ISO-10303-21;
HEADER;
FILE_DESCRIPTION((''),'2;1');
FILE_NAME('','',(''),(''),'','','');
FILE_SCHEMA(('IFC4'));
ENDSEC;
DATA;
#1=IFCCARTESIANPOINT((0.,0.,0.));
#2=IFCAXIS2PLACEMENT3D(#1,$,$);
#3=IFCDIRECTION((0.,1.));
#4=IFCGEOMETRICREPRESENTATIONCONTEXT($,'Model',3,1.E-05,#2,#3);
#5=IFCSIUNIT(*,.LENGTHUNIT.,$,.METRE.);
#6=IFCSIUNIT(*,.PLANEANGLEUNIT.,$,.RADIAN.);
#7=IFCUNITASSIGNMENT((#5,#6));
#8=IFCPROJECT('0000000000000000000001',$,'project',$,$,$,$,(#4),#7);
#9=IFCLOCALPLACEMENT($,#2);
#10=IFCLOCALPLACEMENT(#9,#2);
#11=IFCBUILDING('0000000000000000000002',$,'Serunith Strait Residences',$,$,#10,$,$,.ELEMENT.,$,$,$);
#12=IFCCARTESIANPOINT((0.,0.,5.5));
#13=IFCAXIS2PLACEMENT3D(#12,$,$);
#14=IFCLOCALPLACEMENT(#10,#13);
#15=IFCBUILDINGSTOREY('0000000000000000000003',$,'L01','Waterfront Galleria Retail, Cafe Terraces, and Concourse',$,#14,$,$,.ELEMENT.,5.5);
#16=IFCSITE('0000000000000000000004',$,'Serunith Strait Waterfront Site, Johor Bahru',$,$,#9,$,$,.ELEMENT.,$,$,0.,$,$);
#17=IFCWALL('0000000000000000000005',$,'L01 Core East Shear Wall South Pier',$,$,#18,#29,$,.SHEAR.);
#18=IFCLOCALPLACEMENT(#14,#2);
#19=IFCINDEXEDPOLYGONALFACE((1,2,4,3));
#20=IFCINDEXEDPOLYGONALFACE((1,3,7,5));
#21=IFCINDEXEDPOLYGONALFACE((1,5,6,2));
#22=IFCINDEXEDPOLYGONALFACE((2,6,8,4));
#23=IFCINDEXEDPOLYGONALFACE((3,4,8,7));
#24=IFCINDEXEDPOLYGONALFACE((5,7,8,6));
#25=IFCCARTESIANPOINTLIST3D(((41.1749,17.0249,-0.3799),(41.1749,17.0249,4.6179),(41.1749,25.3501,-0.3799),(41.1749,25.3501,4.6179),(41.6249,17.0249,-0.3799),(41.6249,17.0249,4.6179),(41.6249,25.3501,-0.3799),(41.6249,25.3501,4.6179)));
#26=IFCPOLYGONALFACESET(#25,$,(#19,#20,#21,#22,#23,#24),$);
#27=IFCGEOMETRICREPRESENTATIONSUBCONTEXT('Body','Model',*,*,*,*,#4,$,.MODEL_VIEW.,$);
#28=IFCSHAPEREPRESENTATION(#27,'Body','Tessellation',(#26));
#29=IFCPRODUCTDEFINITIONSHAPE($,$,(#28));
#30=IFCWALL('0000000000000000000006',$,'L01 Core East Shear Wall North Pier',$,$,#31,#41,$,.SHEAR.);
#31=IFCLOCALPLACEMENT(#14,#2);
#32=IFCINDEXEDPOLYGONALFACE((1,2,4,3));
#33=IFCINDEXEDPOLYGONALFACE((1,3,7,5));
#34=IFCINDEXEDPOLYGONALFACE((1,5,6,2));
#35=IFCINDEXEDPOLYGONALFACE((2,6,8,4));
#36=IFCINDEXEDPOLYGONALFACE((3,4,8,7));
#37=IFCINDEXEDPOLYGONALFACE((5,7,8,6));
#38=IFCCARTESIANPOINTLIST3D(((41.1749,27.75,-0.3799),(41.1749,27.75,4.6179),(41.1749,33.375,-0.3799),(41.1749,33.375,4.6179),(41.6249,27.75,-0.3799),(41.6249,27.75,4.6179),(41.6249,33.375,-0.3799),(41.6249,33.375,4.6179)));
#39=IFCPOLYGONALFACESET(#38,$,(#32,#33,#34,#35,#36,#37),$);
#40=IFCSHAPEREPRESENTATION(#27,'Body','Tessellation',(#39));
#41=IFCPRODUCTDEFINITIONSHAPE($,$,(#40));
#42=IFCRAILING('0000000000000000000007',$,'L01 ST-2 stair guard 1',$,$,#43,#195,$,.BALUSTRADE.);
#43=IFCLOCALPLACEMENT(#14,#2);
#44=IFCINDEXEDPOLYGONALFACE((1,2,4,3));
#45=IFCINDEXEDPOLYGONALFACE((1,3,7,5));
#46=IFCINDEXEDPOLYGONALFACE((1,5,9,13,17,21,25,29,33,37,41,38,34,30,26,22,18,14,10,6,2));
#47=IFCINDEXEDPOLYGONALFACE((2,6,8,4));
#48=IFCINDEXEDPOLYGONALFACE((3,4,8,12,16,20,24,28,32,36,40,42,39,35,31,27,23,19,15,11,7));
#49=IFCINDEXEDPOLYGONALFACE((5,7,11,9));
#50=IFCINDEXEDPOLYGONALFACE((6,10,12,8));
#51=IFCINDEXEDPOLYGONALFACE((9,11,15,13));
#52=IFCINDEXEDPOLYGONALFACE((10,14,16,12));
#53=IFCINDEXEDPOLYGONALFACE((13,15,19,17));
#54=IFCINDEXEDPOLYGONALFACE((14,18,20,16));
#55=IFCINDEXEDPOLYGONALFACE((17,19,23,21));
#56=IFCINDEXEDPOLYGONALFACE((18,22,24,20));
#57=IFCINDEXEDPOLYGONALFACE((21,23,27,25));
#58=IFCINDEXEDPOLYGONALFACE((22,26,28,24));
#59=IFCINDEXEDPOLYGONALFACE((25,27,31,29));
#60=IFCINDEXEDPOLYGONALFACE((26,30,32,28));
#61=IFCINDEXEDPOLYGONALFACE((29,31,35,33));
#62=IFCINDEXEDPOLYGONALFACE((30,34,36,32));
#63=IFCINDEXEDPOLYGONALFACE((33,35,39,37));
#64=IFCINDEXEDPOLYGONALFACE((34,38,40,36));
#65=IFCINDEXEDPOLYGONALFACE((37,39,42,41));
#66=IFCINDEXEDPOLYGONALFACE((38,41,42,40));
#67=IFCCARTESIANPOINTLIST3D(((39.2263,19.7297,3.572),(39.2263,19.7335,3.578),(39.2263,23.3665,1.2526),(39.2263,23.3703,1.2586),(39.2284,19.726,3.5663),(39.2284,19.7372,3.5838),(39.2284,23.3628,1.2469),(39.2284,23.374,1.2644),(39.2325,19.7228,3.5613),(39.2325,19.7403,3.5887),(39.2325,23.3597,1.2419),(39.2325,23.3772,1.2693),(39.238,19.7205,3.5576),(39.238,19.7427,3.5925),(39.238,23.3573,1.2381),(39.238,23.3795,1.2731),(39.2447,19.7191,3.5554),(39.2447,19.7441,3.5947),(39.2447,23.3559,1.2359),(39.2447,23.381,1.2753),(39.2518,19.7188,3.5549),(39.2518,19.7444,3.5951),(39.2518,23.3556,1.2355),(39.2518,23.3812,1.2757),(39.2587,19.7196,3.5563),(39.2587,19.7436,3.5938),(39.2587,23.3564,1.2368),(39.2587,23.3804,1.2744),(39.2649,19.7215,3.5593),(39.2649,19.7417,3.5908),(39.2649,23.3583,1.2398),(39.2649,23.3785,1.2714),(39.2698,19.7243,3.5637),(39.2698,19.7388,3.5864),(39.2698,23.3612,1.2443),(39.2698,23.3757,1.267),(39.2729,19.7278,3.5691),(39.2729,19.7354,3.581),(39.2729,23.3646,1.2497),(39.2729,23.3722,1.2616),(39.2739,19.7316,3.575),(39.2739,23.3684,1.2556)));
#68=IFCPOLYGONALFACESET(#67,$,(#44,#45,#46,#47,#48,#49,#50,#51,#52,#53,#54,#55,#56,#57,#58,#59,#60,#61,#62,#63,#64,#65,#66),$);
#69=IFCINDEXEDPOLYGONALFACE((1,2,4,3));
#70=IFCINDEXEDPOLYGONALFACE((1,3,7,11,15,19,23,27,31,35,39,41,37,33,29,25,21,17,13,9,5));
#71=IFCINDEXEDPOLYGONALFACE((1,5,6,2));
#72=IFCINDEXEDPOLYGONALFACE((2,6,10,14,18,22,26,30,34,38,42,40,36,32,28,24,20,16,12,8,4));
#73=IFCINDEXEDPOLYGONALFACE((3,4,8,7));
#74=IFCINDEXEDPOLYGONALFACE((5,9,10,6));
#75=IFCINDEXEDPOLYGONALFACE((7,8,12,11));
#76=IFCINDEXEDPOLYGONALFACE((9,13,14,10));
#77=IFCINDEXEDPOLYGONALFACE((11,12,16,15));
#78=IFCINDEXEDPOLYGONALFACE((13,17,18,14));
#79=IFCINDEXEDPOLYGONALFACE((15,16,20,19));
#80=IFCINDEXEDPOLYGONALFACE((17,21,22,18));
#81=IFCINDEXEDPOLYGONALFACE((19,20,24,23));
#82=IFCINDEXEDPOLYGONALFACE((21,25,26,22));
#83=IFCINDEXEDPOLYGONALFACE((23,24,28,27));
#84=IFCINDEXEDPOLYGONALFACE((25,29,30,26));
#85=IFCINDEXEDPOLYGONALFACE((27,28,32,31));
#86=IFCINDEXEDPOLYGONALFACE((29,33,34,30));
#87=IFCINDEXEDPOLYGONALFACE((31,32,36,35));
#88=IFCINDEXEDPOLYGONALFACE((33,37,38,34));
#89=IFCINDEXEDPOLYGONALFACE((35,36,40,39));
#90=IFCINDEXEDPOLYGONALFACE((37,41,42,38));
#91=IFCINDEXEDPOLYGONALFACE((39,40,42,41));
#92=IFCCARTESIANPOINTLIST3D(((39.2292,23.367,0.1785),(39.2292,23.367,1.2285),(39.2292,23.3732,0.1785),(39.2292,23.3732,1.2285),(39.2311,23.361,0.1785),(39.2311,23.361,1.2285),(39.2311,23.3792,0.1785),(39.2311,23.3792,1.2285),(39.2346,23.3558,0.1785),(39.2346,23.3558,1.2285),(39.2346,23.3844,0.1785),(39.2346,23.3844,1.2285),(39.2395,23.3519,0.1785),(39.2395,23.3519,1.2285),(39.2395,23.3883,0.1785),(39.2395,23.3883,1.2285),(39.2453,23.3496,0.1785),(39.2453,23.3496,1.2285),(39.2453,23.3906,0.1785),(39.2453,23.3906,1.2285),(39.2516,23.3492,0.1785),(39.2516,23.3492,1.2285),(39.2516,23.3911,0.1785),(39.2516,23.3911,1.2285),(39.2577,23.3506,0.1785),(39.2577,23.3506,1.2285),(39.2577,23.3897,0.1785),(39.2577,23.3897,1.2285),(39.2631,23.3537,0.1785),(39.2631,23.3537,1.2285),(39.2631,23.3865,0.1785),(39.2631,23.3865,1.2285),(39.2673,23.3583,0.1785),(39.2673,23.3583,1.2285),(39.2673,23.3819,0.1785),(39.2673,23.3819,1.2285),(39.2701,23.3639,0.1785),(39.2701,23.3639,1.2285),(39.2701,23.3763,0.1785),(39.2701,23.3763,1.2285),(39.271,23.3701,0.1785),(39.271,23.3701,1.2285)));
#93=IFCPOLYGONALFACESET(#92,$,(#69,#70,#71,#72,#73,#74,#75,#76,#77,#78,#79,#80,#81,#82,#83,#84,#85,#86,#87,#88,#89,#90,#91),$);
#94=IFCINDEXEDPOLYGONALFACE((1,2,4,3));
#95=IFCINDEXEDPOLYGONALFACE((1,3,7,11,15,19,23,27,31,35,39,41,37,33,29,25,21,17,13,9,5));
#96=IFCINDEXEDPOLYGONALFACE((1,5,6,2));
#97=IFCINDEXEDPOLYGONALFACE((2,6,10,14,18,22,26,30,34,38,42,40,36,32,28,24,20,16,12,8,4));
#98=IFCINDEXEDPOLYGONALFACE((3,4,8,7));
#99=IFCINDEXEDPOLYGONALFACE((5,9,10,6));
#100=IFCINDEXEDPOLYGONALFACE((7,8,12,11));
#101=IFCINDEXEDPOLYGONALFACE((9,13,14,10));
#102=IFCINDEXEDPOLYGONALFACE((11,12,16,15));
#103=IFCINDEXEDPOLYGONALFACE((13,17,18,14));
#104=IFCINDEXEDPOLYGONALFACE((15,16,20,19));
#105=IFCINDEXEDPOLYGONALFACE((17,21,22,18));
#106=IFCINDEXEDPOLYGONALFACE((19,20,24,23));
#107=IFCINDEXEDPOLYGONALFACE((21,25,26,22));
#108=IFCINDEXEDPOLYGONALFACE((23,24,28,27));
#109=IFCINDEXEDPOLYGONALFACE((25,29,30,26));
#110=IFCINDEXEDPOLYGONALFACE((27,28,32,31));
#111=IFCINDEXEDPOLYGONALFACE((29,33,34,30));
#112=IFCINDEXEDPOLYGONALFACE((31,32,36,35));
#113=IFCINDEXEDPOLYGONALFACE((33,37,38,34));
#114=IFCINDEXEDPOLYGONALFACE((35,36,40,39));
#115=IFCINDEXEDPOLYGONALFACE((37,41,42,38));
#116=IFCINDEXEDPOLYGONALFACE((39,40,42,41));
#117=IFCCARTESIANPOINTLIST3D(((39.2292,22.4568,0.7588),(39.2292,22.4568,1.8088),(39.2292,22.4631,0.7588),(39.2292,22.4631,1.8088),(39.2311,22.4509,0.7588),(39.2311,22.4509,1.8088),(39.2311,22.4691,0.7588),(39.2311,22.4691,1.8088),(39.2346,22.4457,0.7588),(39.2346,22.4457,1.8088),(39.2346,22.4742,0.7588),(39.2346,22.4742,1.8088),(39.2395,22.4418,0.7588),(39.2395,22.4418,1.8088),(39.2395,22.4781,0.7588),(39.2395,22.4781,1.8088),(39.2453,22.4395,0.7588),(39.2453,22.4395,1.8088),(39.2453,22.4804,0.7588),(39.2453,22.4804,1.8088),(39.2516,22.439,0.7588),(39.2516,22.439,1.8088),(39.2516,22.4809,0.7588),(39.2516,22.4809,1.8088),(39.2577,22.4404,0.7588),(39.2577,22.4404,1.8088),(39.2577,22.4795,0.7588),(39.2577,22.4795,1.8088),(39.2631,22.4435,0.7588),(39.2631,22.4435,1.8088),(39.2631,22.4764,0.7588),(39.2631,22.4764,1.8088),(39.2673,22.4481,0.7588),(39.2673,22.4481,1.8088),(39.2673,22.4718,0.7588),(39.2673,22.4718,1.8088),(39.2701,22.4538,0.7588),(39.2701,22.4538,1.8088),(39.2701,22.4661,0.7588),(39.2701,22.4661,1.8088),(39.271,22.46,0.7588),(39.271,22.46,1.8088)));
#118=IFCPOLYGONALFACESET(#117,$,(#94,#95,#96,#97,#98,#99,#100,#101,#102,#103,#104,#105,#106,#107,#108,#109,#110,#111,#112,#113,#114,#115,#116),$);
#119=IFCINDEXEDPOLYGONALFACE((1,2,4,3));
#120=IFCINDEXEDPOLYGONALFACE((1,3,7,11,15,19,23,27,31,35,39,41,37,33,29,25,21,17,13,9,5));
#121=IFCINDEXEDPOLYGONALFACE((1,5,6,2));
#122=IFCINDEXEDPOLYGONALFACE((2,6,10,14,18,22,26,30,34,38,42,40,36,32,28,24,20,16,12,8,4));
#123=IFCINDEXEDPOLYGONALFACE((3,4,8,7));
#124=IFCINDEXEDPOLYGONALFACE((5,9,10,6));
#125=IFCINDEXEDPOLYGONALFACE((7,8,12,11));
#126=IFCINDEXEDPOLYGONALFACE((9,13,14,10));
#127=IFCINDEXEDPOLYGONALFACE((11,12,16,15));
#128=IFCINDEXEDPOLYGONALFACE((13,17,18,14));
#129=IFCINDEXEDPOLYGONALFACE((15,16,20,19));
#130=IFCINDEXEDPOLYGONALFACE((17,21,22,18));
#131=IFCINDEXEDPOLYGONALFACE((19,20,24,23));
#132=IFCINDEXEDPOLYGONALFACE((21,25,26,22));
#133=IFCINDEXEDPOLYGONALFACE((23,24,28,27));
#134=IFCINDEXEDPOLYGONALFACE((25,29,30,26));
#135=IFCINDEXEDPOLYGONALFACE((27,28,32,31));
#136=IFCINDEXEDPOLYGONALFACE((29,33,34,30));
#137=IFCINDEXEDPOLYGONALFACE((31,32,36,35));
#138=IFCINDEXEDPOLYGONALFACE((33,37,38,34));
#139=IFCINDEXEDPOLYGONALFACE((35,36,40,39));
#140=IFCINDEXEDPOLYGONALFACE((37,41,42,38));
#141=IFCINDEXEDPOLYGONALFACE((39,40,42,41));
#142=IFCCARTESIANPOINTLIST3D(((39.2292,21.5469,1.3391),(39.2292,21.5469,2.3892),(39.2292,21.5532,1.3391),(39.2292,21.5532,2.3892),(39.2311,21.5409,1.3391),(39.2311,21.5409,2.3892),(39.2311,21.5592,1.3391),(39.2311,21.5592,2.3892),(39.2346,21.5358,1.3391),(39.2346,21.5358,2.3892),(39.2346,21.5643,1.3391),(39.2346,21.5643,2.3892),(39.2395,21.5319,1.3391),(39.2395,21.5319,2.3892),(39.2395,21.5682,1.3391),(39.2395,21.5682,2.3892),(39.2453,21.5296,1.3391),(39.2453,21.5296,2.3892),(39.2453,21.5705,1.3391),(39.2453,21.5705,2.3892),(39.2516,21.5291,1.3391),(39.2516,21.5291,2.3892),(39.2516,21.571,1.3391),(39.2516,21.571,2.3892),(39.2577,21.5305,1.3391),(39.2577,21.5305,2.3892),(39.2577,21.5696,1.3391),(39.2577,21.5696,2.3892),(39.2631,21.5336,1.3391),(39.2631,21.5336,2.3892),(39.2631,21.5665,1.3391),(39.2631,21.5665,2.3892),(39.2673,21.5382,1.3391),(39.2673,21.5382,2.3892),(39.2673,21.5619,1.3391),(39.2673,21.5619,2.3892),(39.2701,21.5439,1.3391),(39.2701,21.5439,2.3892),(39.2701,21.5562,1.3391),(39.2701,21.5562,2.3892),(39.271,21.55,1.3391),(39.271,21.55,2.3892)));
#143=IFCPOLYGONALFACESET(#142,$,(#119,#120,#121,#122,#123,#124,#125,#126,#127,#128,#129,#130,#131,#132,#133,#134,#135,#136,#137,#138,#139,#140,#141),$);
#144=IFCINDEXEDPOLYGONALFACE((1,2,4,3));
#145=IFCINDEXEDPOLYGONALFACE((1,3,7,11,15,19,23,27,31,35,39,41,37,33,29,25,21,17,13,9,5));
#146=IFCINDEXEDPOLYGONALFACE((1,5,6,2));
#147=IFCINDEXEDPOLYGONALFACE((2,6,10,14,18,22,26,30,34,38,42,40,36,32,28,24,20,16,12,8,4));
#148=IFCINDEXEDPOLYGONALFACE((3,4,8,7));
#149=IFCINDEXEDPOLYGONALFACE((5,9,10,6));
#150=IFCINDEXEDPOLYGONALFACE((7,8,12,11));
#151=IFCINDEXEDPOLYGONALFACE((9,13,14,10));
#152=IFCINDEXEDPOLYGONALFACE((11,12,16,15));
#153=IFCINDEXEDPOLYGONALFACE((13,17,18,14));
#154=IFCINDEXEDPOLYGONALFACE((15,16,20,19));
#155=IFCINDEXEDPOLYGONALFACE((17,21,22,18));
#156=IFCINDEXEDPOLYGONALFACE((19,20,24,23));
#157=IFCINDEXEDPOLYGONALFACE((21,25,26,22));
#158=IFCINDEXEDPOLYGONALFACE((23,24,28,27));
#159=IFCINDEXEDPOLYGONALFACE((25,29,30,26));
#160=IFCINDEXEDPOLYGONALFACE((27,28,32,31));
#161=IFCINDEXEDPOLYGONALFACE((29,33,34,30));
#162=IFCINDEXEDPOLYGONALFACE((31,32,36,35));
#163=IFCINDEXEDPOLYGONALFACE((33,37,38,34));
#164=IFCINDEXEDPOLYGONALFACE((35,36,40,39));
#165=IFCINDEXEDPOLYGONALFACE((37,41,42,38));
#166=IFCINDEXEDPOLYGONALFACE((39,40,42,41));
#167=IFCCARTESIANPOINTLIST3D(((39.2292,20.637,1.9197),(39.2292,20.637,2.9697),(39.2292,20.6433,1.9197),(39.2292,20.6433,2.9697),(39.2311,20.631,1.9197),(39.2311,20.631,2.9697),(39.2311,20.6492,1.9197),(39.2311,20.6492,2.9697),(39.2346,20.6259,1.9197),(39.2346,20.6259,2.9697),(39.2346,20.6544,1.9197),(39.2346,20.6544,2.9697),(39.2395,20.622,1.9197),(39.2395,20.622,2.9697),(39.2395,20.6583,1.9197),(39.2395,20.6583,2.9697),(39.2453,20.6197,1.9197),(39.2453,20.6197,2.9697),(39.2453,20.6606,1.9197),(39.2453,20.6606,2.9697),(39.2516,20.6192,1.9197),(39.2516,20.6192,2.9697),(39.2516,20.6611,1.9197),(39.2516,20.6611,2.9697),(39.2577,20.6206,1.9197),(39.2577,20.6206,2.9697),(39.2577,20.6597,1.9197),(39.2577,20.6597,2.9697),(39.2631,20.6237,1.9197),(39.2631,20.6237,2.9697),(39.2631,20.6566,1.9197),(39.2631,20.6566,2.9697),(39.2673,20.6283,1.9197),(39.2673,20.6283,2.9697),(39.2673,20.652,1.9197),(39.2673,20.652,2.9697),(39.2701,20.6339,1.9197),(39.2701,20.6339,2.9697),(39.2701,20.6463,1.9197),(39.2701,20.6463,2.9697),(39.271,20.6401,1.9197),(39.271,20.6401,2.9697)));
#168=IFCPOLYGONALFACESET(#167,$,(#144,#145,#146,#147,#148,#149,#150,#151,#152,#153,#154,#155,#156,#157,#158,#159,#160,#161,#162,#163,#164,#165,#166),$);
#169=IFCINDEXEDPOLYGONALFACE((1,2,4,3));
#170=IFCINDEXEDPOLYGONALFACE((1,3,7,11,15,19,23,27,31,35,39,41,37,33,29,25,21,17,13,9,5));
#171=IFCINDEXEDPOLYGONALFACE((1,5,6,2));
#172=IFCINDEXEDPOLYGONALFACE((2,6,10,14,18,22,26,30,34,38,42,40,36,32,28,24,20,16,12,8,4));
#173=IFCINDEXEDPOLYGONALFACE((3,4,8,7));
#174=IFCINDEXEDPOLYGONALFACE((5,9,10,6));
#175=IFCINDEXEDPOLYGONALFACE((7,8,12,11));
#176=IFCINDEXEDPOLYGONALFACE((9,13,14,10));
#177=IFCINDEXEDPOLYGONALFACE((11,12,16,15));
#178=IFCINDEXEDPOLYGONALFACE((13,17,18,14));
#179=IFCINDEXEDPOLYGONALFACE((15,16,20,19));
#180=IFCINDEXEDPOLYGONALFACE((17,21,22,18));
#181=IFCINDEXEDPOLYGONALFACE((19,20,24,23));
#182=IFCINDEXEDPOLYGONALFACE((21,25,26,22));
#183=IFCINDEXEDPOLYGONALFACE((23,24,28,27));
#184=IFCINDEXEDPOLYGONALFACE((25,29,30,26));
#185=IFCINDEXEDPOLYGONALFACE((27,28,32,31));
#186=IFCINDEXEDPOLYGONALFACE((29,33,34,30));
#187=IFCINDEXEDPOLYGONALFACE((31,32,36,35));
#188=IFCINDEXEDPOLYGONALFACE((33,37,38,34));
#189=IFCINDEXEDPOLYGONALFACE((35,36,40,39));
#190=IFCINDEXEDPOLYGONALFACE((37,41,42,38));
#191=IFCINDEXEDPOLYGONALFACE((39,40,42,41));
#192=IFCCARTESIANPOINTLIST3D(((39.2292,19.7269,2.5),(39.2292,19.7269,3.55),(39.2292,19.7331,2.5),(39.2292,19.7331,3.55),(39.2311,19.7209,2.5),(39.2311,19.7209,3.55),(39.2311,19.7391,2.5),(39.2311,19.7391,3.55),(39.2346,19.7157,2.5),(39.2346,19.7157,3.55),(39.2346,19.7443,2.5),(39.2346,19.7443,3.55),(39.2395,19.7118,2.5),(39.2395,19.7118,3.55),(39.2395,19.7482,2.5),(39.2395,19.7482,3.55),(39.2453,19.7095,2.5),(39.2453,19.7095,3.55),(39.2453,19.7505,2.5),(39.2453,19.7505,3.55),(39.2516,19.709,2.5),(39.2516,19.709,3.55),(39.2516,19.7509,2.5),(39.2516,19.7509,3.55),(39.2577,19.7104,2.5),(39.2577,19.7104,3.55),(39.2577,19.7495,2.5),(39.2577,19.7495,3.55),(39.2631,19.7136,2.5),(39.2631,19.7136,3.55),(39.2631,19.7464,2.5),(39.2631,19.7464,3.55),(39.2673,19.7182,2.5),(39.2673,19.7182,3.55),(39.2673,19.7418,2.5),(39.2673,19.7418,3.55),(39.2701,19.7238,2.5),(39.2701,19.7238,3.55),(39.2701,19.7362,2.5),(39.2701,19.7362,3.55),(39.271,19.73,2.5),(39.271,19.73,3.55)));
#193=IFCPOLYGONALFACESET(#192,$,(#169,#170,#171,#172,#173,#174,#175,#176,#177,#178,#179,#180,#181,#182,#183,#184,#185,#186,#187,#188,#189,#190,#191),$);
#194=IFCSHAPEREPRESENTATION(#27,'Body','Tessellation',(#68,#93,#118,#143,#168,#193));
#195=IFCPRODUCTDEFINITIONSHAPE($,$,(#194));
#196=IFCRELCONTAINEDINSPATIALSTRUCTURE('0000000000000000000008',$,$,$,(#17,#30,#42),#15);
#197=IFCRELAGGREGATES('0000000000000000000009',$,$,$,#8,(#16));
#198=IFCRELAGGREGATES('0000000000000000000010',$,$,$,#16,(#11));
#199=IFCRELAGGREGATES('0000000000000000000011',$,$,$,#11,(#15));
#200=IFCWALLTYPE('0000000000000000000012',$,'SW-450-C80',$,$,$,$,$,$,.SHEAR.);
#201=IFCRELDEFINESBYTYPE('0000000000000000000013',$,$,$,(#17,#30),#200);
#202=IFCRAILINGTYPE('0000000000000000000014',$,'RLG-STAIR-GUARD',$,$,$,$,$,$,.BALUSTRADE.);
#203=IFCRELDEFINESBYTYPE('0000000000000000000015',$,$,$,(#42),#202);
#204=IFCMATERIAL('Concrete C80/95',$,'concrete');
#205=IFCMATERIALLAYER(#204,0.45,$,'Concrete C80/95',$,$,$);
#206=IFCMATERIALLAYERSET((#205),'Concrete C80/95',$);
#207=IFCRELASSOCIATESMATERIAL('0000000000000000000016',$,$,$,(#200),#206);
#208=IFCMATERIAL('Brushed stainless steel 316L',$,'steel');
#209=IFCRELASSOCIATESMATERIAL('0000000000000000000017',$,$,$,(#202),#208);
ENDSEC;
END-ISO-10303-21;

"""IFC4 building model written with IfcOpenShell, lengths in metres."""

from ifc_helpers import new_model, si_unit, direction, frame, frame_2d, origin, origin_2d, place, context, subcontext, project, spatial, rectangle, circle, extrude, material, layer, layer_set, type_object, element, save


model = new_model("IFC4")

# Units and contexts
model_context = context("Model", 3, precision=1e-05, world=origin(), true_north=direction((0.0, 1.0)))
body_context = subcontext(model_context, "Body", "Model", "MODEL_VIEW")
ifc_project = project(units=[si_unit("LENGTHUNIT", "METRE"), si_unit("PLANEANGLEUNIT", "RADIAN")], contexts=[model_context])

# Site, building, storey
site_placement = place(None, origin())
site = spatial("IfcSite", under=ifc_project, at=site_placement, Name="Serunith Strait Waterfront Site, Johor Bahru", CompositionType="ELEMENT", RefElevation=0.0)
building_placement = place(site_placement, origin())
building = spatial("IfcBuilding", under=site, at=building_placement, Name="Serunith Strait Residences", CompositionType="ELEMENT")
storey_placement = place(building_placement, frame((0.0, 0.0, 5.5)))
storey = spatial("IfcBuildingStorey", under=building, at=storey_placement, Name="L01", Description="Waterfront Galleria Retail, Cafe Terraces, and Concourse", CompositionType="ELEMENT", Elevation=5.5)

# Walls
ifc_material_1 = material(Name="Concrete C80/95", Category="concrete")
ifc_layer_1 = layer(ifc_material_1, 0.45, Name="Concrete C80/95")
ifc_layer_set_1 = layer_set([ifc_layer_1], Name="Concrete C80/95")
wall_type_1 = type_object("IfcWallType", Name="SW-450-C80", PredefinedType="SHEAR", material=ifc_layer_set_1)
wall_1_placement = place(storey_placement, frame((41.3999, 17.0249, -0.3799), z_axis=(0.0, 0.0, 1.0), x_axis=(0.0, 1.0, 0.0)))
element("IfcWall", 1, at=wall_1_placement, inside=storey, type_object=wall_type_1, Name="L01 Core East Shear Wall South Pier", PredefinedType="SHEAR", context=body_context, shape_type="SweptSolid", body=[
    extrude(rectangle(XDim=8.3252, YDim=0.45, at=frame_2d((4.1626, 0.0))), origin(), (0.0, 0.0, 1.0), 4.9978),
])
wall_2_placement = place(storey_placement, frame((41.3999, 27.75, -0.3799), z_axis=(0.0, 0.0, 1.0), x_axis=(0.0, 1.0, 0.0)))
element("IfcWall", 2, at=wall_2_placement, inside=storey, type_object=wall_type_1, Name="L01 Core East Shear Wall North Pier", PredefinedType="SHEAR", context=body_context, shape_type="SweptSolid", body=[
    extrude(rectangle(XDim=5.625, YDim=0.45, at=frame_2d((2.8125, 0.0))), origin(), (0.0, 0.0, 1.0), 4.9978),
])

# Railing
ifc_material_2 = material(Name="Brushed stainless steel 316L", Category="steel")
railing_type_1 = type_object("IfcRailingType", Name="RLG-STAIR-GUARD", PredefinedType="BALUSTRADE", material=ifc_material_2)
railing_1_placement = place(storey_placement, frame((39.25, 23.3701, 0.1785)))
element("IfcRailing", 3, at=railing_1_placement, inside=storey, type_object=railing_type_1, Name="L01 ST-2 stair guard 1", PredefinedType="BALUSTRADE", context=body_context, shape_type="SweptSolid", body=[
    extrude(circle(Radius=0.0239, at=origin_2d()), frame((0.0, -0.0017, 1.0771), z_axis=(0.0, -0.843128, 0.537713), x_axis=(1.0, 0.0, 0.0)), (0.0, 0.0, 1.0), 4.3135),
    extrude(circle(Radius=0.021, at=origin_2d()), origin(), (0.0, 0.0, 1.0), 1.05),
    extrude(circle(Radius=0.021, at=origin_2d()), frame((0.0, -0.9102, 0.5803)), (0.0, 0.0, 1.0), 1.05),
    extrude(circle(Radius=0.021, at=origin_2d()), frame((0.0, -1.8201, 1.1606)), (0.0, 0.0, 1.0), 1.05),
    extrude(circle(Radius=0.021, at=origin_2d()), frame((0.0, -2.73, 1.7412)), (0.0, 0.0, 1.0), 1.05),
    extrude(circle(Radius=0.021, at=origin_2d()), frame((0.0, -3.6401, 2.3215)), (0.0, 0.0, 1.0), 1.05),
])

save(model, "model.ifc")
